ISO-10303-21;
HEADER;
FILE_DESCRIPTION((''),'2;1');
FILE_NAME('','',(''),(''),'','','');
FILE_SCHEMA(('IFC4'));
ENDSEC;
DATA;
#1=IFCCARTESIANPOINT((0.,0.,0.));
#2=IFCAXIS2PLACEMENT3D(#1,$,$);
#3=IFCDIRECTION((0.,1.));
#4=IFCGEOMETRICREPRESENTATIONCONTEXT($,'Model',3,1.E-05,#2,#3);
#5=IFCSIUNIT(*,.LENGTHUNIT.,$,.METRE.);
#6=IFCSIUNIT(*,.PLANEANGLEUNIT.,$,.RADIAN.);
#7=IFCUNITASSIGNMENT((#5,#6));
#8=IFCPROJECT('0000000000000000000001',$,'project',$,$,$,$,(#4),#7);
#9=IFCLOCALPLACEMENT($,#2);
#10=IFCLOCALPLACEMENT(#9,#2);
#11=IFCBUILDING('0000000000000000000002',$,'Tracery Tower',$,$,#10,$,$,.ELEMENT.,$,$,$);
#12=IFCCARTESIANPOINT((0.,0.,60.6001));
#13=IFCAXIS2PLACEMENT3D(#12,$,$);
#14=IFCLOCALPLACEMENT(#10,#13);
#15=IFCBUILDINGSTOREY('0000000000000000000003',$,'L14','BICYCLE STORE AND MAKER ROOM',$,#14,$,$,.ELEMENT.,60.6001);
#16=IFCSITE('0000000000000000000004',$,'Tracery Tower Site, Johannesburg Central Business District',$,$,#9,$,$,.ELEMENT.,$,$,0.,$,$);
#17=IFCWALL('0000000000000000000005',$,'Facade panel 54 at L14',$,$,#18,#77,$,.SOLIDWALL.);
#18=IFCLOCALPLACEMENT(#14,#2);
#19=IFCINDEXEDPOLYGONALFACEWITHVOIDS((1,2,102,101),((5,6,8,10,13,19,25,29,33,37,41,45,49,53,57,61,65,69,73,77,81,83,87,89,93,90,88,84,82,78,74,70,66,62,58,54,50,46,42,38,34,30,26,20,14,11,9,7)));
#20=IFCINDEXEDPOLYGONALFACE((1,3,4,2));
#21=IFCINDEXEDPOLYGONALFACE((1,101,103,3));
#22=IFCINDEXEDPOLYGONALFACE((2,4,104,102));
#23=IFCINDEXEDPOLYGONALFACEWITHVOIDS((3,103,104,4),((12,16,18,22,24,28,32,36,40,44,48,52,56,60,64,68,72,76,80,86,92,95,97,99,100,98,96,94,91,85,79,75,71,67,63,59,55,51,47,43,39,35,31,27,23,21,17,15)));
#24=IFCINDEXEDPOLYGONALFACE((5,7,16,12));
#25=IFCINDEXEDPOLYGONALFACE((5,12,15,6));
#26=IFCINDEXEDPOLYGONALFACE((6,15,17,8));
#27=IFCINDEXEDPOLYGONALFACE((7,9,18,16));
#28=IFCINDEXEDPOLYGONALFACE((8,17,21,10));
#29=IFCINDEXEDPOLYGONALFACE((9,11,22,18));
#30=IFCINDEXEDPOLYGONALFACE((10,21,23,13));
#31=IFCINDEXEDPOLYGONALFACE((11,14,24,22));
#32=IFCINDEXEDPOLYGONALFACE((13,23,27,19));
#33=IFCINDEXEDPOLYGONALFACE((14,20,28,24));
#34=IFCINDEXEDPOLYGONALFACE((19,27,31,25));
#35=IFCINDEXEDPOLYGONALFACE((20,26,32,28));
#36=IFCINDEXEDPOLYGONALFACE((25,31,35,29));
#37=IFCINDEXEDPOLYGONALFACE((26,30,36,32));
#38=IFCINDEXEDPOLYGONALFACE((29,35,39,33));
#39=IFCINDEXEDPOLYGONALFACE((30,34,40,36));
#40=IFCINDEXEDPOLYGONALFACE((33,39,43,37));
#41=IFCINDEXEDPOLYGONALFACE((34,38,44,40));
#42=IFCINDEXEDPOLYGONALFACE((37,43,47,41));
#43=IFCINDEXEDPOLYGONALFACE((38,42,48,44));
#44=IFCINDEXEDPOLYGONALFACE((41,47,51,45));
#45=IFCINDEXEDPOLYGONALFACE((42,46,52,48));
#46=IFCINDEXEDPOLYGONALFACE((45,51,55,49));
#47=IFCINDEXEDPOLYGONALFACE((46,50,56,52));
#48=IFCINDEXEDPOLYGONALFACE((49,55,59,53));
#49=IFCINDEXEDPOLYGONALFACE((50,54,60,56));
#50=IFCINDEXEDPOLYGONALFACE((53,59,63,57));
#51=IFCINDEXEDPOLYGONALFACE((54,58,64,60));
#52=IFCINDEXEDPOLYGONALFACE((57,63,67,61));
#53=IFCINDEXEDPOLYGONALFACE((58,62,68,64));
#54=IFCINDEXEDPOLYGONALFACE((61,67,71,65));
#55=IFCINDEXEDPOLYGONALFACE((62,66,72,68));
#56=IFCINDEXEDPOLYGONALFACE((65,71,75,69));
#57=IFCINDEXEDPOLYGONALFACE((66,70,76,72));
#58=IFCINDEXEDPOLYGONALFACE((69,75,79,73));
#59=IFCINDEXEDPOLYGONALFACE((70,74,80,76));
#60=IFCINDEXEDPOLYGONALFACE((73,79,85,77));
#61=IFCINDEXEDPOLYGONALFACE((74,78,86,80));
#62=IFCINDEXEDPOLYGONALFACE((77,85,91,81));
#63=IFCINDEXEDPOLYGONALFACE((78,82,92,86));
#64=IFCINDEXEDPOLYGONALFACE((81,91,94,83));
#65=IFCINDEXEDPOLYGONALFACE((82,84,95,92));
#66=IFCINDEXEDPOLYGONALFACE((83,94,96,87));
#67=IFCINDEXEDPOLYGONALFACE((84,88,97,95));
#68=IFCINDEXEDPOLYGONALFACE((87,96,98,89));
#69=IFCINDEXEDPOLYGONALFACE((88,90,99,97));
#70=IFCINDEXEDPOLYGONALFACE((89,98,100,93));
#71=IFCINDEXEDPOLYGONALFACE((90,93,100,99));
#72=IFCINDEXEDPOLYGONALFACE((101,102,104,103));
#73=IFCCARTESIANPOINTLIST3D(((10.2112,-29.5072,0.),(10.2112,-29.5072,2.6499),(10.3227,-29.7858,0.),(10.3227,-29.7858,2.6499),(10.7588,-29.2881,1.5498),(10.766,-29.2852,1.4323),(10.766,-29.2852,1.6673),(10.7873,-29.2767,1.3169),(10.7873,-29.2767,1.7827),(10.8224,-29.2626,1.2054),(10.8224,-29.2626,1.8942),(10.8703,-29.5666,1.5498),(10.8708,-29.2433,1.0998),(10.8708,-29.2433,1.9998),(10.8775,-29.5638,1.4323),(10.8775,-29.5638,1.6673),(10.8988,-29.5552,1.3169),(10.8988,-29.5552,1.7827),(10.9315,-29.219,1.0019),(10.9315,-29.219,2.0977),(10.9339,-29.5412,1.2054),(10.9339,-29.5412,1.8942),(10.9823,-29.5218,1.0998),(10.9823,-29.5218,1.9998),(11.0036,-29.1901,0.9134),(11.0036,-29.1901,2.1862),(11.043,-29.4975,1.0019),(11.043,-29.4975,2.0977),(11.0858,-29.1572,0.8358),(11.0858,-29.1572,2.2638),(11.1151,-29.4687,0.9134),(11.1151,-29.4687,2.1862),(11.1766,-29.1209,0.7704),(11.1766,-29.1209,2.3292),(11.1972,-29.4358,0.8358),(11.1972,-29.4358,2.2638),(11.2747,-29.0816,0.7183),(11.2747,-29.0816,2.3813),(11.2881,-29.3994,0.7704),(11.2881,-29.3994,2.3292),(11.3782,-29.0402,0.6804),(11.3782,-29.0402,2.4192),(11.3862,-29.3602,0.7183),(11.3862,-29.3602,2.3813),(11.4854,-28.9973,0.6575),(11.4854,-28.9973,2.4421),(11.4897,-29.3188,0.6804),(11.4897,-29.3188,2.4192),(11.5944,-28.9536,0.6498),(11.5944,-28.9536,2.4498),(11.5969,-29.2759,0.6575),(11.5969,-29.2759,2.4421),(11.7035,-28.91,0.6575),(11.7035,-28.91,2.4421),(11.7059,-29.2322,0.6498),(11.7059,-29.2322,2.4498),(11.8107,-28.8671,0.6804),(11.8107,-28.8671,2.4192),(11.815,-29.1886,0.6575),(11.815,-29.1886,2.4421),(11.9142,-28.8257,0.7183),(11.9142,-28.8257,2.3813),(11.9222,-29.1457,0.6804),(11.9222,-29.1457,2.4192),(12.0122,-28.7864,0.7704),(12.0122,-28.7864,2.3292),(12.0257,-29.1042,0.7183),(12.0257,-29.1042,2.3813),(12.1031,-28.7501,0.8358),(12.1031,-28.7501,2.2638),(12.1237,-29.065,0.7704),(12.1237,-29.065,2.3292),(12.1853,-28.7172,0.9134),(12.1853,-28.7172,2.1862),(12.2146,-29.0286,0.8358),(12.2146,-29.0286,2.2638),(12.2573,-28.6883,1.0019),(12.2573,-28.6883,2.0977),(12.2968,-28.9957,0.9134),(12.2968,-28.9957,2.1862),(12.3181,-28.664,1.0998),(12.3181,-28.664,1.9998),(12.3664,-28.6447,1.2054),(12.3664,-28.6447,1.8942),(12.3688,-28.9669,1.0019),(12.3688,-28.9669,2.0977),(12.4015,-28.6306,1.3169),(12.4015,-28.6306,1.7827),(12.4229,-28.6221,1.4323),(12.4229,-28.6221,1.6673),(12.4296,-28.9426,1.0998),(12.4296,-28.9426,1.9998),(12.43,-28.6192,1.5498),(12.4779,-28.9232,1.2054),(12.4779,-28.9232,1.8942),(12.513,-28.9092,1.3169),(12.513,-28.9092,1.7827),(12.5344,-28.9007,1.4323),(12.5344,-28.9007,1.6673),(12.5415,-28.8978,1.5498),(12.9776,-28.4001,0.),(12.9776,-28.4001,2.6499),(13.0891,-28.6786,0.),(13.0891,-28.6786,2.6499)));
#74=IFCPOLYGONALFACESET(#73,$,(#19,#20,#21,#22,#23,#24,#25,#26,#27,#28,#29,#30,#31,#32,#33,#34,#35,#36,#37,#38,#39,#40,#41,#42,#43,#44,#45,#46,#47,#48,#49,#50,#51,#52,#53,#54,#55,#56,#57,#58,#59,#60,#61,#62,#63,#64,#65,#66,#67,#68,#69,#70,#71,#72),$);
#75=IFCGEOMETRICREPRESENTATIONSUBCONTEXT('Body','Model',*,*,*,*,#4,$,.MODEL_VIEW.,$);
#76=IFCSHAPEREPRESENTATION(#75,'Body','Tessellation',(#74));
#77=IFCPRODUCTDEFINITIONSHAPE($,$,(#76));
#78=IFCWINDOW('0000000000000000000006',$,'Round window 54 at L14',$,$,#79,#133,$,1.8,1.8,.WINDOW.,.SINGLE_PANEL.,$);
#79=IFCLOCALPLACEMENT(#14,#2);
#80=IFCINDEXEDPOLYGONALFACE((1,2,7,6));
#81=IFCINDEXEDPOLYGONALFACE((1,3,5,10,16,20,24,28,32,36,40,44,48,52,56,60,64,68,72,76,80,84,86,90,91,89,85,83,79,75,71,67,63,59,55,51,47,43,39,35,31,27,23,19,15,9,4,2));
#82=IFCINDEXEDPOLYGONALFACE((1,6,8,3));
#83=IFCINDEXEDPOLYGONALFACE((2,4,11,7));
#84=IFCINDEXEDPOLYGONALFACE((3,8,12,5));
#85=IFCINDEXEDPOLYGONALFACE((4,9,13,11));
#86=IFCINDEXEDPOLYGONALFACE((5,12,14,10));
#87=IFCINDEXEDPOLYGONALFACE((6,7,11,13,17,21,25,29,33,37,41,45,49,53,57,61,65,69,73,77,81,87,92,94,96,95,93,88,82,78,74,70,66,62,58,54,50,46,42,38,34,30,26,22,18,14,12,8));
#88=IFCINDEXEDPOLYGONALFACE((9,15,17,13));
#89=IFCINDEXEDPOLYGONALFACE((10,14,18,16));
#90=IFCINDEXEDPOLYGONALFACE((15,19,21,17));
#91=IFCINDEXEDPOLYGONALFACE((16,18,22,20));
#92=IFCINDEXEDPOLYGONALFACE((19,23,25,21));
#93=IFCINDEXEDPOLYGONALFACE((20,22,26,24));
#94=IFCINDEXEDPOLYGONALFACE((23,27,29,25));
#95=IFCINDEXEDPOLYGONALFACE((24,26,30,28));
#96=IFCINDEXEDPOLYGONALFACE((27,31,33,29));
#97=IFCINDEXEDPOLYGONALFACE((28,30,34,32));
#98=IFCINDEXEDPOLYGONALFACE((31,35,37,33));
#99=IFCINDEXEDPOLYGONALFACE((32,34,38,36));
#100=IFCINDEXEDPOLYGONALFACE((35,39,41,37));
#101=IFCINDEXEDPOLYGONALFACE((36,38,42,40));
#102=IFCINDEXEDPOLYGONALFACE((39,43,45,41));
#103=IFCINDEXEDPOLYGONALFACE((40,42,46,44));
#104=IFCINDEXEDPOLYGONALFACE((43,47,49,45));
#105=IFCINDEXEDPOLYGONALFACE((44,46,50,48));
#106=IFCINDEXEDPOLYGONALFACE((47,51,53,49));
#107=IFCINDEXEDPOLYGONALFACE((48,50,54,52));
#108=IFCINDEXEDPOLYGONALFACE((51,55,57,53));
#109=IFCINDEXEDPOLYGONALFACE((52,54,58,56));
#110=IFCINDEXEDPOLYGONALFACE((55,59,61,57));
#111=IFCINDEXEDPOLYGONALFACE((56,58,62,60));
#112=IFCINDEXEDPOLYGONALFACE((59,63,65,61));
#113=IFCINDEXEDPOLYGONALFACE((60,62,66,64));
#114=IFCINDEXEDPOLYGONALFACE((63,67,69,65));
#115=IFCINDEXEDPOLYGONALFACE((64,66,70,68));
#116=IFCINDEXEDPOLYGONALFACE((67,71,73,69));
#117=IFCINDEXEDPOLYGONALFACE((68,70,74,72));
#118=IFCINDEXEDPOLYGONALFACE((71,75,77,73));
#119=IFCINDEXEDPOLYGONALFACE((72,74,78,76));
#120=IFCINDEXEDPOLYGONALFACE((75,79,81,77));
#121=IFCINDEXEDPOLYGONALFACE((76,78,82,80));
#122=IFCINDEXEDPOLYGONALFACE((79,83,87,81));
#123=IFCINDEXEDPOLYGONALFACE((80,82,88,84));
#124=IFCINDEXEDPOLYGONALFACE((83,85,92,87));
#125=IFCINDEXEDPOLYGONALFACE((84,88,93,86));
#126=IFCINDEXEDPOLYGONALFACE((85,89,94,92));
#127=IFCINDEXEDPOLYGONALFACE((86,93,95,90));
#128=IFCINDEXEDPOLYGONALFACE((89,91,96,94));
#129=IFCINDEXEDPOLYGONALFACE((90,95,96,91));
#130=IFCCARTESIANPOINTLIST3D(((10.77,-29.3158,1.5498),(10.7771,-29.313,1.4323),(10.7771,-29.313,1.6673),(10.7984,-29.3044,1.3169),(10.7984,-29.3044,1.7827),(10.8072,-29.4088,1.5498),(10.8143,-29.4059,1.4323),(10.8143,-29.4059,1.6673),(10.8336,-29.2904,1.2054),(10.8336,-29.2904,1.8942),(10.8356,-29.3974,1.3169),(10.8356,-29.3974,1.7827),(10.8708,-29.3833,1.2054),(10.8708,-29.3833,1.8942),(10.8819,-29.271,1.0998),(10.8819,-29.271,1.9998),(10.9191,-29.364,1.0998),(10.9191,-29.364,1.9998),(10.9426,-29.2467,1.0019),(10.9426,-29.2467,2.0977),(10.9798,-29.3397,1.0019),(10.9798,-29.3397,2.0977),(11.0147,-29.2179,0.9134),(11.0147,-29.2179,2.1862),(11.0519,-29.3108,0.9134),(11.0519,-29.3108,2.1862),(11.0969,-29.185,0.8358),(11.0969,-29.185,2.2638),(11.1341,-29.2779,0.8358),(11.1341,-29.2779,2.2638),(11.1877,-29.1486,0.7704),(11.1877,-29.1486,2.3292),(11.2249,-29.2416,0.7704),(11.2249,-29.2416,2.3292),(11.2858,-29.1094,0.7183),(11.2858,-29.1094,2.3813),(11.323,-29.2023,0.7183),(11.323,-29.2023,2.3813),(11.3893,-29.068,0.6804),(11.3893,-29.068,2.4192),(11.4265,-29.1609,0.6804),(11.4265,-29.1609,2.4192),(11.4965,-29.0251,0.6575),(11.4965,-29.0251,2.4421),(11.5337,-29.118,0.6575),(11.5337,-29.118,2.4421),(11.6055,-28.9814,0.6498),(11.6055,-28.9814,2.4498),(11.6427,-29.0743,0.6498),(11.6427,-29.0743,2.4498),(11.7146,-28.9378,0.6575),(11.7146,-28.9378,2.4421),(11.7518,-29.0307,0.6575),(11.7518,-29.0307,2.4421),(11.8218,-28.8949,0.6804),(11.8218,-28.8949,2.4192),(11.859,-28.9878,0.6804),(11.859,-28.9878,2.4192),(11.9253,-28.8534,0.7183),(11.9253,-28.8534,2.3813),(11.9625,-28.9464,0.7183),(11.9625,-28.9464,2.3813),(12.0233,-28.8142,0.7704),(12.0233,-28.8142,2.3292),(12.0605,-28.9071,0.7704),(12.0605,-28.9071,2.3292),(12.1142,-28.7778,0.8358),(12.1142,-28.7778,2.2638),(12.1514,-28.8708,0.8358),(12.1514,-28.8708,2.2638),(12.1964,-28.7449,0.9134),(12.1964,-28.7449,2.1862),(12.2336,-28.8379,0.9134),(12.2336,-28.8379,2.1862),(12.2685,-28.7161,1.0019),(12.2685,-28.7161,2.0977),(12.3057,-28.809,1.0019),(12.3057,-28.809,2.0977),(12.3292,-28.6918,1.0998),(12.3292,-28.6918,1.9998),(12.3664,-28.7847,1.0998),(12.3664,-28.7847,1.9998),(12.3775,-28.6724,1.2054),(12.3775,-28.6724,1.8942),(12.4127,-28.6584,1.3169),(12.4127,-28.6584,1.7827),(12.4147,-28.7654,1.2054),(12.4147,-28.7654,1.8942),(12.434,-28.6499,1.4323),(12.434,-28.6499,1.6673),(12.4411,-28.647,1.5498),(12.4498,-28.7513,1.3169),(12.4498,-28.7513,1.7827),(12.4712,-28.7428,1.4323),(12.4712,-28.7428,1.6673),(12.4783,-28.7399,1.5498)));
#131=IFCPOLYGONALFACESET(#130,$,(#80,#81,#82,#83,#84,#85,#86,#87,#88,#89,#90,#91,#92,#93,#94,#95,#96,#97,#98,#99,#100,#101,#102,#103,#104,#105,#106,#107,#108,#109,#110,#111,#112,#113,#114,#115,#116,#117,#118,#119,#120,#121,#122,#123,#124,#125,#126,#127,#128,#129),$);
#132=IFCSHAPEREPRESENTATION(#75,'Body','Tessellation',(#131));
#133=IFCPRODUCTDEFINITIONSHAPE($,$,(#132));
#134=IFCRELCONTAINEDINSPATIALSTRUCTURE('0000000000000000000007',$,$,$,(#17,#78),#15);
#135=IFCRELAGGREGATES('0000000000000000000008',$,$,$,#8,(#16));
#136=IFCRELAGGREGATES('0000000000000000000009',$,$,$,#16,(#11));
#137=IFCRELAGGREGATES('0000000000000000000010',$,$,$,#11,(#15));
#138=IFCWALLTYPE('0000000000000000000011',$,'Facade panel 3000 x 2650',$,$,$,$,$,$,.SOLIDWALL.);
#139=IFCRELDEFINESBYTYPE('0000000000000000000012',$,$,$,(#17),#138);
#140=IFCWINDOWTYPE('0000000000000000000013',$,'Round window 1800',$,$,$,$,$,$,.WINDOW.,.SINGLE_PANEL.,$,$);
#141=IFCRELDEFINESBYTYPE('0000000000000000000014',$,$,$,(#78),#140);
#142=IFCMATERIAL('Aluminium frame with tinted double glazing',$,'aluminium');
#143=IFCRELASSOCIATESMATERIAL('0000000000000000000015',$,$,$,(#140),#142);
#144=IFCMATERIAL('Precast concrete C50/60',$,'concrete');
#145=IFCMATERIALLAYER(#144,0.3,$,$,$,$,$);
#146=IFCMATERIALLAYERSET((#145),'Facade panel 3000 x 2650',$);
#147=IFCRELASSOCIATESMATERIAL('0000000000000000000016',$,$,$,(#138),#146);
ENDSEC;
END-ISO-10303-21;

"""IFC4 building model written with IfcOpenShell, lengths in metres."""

from ifc_helpers import new_model, si_unit, direction, frame, frame_2d, origin, origin_2d, place, context, subcontext, project, spatial, rectangle, circle, extrude, material, layer, layer_set, type_object, element, fill, save


model = new_model("IFC4")

# Units and contexts
model_context = context("Model", 3, precision=1e-05, world=origin(), true_north=direction((0.0, 1.0)))
body_context = subcontext(model_context, "Body", "Model", "MODEL_VIEW")
ifc_project = project(units=[si_unit("LENGTHUNIT", "METRE"), si_unit("PLANEANGLEUNIT", "RADIAN")], contexts=[model_context])

# Site, building, storey
site_placement = place(None, origin())
site = spatial("IfcSite", under=ifc_project, at=site_placement, Name="Tracery Tower Site, Johannesburg Central Business District", CompositionType="ELEMENT", RefElevation=0.0)
building_placement = place(site_placement, origin())
building = spatial("IfcBuilding", under=site, at=building_placement, Name="Tracery Tower", CompositionType="ELEMENT")
storey_placement = place(building_placement, frame((0.0, 0.0, 60.6001)))
storey = spatial("IfcBuildingStorey", under=building, at=storey_placement, Name="L14", Description="BICYCLE STORE AND MAKER ROOM", CompositionType="ELEMENT", Elevation=60.6001)

# Wall, opening, window
ifc_material_1 = material(Name="Aluminium frame with tinted double glazing", Category="aluminium")
window_type = type_object("IfcWindowType", Name="Round window 1800", PartitioningType="SINGLE_PANEL", PredefinedType="WINDOW", material=ifc_material_1)
ifc_material_2 = material(Name="Precast concrete C50/60", Category="concrete")
ifc_layer_1 = layer(ifc_material_2, 0.3)
ifc_layer_set_1 = layer_set([ifc_layer_1], Name="Facade panel 3000 x 2650")
wall_type_1 = type_object("IfcWallType", Name="Facade panel 3000 x 2650", PredefinedType="SOLIDWALL", material=ifc_layer_set_1)
wall_1_placement = place(storey_placement, frame((10.2671, -29.6465, 0.0), z_axis=(0.0, 0.0, 1.0), x_axis=(0.928403, 0.371574, 0.0)))
wall_1 = element("IfcWall", 1, at=wall_1_placement, inside=storey, type_object=wall_type_1, Name="Facade panel 54 at L14", PredefinedType="SOLIDWALL", context=body_context, shape_type="SweptSolid", body=[
    extrude(rectangle(XDim=2.9797, YDim=0.3, at=frame_2d((1.4897, 0.0))), origin(), (0.0, 0.0, 1.0), 2.6499),
])
opening_1_placement = place(wall_1_placement, frame((1.4897, 0.0, 1.5498)))
opening_1 = element("IfcOpeningElement", 2, at=opening_1_placement, cuts=wall_1, PredefinedType="OPENING", context=body_context, shape_type="SweptSolid", body=[
    extrude(circle(Radius=0.9, at=origin_2d()), frame((0.0, 0.1599, 0.0), z_axis=(0.0, -1.0, 0.0), x_axis=(1.0, 0.0, 0.0)), (0.0, 0.0, 1.0), 0.3201),
])
window_1_placement = place(opening_1_placement, origin())
window_1 = element("IfcWindow", 3, at=window_1_placement, inside=storey, type_object=window_type, Name="Round window 54 at L14", OverallHeight=1.8, OverallWidth=1.8, PartitioningType="SINGLE_PANEL", PredefinedType="WINDOW", context=body_context, shape_type="SweptSolid", body=[
    extrude(circle(Radius=0.9, at=origin_2d()), frame((0.0, 0.1201, 0.0), z_axis=(0.0, -1.0, 0.0), x_axis=(1.0, 0.0, 0.0)), (0.0, 0.0, 1.0), 0.1001),
])
fill(opening_1, window_1)

save(model, "model.ifc")
